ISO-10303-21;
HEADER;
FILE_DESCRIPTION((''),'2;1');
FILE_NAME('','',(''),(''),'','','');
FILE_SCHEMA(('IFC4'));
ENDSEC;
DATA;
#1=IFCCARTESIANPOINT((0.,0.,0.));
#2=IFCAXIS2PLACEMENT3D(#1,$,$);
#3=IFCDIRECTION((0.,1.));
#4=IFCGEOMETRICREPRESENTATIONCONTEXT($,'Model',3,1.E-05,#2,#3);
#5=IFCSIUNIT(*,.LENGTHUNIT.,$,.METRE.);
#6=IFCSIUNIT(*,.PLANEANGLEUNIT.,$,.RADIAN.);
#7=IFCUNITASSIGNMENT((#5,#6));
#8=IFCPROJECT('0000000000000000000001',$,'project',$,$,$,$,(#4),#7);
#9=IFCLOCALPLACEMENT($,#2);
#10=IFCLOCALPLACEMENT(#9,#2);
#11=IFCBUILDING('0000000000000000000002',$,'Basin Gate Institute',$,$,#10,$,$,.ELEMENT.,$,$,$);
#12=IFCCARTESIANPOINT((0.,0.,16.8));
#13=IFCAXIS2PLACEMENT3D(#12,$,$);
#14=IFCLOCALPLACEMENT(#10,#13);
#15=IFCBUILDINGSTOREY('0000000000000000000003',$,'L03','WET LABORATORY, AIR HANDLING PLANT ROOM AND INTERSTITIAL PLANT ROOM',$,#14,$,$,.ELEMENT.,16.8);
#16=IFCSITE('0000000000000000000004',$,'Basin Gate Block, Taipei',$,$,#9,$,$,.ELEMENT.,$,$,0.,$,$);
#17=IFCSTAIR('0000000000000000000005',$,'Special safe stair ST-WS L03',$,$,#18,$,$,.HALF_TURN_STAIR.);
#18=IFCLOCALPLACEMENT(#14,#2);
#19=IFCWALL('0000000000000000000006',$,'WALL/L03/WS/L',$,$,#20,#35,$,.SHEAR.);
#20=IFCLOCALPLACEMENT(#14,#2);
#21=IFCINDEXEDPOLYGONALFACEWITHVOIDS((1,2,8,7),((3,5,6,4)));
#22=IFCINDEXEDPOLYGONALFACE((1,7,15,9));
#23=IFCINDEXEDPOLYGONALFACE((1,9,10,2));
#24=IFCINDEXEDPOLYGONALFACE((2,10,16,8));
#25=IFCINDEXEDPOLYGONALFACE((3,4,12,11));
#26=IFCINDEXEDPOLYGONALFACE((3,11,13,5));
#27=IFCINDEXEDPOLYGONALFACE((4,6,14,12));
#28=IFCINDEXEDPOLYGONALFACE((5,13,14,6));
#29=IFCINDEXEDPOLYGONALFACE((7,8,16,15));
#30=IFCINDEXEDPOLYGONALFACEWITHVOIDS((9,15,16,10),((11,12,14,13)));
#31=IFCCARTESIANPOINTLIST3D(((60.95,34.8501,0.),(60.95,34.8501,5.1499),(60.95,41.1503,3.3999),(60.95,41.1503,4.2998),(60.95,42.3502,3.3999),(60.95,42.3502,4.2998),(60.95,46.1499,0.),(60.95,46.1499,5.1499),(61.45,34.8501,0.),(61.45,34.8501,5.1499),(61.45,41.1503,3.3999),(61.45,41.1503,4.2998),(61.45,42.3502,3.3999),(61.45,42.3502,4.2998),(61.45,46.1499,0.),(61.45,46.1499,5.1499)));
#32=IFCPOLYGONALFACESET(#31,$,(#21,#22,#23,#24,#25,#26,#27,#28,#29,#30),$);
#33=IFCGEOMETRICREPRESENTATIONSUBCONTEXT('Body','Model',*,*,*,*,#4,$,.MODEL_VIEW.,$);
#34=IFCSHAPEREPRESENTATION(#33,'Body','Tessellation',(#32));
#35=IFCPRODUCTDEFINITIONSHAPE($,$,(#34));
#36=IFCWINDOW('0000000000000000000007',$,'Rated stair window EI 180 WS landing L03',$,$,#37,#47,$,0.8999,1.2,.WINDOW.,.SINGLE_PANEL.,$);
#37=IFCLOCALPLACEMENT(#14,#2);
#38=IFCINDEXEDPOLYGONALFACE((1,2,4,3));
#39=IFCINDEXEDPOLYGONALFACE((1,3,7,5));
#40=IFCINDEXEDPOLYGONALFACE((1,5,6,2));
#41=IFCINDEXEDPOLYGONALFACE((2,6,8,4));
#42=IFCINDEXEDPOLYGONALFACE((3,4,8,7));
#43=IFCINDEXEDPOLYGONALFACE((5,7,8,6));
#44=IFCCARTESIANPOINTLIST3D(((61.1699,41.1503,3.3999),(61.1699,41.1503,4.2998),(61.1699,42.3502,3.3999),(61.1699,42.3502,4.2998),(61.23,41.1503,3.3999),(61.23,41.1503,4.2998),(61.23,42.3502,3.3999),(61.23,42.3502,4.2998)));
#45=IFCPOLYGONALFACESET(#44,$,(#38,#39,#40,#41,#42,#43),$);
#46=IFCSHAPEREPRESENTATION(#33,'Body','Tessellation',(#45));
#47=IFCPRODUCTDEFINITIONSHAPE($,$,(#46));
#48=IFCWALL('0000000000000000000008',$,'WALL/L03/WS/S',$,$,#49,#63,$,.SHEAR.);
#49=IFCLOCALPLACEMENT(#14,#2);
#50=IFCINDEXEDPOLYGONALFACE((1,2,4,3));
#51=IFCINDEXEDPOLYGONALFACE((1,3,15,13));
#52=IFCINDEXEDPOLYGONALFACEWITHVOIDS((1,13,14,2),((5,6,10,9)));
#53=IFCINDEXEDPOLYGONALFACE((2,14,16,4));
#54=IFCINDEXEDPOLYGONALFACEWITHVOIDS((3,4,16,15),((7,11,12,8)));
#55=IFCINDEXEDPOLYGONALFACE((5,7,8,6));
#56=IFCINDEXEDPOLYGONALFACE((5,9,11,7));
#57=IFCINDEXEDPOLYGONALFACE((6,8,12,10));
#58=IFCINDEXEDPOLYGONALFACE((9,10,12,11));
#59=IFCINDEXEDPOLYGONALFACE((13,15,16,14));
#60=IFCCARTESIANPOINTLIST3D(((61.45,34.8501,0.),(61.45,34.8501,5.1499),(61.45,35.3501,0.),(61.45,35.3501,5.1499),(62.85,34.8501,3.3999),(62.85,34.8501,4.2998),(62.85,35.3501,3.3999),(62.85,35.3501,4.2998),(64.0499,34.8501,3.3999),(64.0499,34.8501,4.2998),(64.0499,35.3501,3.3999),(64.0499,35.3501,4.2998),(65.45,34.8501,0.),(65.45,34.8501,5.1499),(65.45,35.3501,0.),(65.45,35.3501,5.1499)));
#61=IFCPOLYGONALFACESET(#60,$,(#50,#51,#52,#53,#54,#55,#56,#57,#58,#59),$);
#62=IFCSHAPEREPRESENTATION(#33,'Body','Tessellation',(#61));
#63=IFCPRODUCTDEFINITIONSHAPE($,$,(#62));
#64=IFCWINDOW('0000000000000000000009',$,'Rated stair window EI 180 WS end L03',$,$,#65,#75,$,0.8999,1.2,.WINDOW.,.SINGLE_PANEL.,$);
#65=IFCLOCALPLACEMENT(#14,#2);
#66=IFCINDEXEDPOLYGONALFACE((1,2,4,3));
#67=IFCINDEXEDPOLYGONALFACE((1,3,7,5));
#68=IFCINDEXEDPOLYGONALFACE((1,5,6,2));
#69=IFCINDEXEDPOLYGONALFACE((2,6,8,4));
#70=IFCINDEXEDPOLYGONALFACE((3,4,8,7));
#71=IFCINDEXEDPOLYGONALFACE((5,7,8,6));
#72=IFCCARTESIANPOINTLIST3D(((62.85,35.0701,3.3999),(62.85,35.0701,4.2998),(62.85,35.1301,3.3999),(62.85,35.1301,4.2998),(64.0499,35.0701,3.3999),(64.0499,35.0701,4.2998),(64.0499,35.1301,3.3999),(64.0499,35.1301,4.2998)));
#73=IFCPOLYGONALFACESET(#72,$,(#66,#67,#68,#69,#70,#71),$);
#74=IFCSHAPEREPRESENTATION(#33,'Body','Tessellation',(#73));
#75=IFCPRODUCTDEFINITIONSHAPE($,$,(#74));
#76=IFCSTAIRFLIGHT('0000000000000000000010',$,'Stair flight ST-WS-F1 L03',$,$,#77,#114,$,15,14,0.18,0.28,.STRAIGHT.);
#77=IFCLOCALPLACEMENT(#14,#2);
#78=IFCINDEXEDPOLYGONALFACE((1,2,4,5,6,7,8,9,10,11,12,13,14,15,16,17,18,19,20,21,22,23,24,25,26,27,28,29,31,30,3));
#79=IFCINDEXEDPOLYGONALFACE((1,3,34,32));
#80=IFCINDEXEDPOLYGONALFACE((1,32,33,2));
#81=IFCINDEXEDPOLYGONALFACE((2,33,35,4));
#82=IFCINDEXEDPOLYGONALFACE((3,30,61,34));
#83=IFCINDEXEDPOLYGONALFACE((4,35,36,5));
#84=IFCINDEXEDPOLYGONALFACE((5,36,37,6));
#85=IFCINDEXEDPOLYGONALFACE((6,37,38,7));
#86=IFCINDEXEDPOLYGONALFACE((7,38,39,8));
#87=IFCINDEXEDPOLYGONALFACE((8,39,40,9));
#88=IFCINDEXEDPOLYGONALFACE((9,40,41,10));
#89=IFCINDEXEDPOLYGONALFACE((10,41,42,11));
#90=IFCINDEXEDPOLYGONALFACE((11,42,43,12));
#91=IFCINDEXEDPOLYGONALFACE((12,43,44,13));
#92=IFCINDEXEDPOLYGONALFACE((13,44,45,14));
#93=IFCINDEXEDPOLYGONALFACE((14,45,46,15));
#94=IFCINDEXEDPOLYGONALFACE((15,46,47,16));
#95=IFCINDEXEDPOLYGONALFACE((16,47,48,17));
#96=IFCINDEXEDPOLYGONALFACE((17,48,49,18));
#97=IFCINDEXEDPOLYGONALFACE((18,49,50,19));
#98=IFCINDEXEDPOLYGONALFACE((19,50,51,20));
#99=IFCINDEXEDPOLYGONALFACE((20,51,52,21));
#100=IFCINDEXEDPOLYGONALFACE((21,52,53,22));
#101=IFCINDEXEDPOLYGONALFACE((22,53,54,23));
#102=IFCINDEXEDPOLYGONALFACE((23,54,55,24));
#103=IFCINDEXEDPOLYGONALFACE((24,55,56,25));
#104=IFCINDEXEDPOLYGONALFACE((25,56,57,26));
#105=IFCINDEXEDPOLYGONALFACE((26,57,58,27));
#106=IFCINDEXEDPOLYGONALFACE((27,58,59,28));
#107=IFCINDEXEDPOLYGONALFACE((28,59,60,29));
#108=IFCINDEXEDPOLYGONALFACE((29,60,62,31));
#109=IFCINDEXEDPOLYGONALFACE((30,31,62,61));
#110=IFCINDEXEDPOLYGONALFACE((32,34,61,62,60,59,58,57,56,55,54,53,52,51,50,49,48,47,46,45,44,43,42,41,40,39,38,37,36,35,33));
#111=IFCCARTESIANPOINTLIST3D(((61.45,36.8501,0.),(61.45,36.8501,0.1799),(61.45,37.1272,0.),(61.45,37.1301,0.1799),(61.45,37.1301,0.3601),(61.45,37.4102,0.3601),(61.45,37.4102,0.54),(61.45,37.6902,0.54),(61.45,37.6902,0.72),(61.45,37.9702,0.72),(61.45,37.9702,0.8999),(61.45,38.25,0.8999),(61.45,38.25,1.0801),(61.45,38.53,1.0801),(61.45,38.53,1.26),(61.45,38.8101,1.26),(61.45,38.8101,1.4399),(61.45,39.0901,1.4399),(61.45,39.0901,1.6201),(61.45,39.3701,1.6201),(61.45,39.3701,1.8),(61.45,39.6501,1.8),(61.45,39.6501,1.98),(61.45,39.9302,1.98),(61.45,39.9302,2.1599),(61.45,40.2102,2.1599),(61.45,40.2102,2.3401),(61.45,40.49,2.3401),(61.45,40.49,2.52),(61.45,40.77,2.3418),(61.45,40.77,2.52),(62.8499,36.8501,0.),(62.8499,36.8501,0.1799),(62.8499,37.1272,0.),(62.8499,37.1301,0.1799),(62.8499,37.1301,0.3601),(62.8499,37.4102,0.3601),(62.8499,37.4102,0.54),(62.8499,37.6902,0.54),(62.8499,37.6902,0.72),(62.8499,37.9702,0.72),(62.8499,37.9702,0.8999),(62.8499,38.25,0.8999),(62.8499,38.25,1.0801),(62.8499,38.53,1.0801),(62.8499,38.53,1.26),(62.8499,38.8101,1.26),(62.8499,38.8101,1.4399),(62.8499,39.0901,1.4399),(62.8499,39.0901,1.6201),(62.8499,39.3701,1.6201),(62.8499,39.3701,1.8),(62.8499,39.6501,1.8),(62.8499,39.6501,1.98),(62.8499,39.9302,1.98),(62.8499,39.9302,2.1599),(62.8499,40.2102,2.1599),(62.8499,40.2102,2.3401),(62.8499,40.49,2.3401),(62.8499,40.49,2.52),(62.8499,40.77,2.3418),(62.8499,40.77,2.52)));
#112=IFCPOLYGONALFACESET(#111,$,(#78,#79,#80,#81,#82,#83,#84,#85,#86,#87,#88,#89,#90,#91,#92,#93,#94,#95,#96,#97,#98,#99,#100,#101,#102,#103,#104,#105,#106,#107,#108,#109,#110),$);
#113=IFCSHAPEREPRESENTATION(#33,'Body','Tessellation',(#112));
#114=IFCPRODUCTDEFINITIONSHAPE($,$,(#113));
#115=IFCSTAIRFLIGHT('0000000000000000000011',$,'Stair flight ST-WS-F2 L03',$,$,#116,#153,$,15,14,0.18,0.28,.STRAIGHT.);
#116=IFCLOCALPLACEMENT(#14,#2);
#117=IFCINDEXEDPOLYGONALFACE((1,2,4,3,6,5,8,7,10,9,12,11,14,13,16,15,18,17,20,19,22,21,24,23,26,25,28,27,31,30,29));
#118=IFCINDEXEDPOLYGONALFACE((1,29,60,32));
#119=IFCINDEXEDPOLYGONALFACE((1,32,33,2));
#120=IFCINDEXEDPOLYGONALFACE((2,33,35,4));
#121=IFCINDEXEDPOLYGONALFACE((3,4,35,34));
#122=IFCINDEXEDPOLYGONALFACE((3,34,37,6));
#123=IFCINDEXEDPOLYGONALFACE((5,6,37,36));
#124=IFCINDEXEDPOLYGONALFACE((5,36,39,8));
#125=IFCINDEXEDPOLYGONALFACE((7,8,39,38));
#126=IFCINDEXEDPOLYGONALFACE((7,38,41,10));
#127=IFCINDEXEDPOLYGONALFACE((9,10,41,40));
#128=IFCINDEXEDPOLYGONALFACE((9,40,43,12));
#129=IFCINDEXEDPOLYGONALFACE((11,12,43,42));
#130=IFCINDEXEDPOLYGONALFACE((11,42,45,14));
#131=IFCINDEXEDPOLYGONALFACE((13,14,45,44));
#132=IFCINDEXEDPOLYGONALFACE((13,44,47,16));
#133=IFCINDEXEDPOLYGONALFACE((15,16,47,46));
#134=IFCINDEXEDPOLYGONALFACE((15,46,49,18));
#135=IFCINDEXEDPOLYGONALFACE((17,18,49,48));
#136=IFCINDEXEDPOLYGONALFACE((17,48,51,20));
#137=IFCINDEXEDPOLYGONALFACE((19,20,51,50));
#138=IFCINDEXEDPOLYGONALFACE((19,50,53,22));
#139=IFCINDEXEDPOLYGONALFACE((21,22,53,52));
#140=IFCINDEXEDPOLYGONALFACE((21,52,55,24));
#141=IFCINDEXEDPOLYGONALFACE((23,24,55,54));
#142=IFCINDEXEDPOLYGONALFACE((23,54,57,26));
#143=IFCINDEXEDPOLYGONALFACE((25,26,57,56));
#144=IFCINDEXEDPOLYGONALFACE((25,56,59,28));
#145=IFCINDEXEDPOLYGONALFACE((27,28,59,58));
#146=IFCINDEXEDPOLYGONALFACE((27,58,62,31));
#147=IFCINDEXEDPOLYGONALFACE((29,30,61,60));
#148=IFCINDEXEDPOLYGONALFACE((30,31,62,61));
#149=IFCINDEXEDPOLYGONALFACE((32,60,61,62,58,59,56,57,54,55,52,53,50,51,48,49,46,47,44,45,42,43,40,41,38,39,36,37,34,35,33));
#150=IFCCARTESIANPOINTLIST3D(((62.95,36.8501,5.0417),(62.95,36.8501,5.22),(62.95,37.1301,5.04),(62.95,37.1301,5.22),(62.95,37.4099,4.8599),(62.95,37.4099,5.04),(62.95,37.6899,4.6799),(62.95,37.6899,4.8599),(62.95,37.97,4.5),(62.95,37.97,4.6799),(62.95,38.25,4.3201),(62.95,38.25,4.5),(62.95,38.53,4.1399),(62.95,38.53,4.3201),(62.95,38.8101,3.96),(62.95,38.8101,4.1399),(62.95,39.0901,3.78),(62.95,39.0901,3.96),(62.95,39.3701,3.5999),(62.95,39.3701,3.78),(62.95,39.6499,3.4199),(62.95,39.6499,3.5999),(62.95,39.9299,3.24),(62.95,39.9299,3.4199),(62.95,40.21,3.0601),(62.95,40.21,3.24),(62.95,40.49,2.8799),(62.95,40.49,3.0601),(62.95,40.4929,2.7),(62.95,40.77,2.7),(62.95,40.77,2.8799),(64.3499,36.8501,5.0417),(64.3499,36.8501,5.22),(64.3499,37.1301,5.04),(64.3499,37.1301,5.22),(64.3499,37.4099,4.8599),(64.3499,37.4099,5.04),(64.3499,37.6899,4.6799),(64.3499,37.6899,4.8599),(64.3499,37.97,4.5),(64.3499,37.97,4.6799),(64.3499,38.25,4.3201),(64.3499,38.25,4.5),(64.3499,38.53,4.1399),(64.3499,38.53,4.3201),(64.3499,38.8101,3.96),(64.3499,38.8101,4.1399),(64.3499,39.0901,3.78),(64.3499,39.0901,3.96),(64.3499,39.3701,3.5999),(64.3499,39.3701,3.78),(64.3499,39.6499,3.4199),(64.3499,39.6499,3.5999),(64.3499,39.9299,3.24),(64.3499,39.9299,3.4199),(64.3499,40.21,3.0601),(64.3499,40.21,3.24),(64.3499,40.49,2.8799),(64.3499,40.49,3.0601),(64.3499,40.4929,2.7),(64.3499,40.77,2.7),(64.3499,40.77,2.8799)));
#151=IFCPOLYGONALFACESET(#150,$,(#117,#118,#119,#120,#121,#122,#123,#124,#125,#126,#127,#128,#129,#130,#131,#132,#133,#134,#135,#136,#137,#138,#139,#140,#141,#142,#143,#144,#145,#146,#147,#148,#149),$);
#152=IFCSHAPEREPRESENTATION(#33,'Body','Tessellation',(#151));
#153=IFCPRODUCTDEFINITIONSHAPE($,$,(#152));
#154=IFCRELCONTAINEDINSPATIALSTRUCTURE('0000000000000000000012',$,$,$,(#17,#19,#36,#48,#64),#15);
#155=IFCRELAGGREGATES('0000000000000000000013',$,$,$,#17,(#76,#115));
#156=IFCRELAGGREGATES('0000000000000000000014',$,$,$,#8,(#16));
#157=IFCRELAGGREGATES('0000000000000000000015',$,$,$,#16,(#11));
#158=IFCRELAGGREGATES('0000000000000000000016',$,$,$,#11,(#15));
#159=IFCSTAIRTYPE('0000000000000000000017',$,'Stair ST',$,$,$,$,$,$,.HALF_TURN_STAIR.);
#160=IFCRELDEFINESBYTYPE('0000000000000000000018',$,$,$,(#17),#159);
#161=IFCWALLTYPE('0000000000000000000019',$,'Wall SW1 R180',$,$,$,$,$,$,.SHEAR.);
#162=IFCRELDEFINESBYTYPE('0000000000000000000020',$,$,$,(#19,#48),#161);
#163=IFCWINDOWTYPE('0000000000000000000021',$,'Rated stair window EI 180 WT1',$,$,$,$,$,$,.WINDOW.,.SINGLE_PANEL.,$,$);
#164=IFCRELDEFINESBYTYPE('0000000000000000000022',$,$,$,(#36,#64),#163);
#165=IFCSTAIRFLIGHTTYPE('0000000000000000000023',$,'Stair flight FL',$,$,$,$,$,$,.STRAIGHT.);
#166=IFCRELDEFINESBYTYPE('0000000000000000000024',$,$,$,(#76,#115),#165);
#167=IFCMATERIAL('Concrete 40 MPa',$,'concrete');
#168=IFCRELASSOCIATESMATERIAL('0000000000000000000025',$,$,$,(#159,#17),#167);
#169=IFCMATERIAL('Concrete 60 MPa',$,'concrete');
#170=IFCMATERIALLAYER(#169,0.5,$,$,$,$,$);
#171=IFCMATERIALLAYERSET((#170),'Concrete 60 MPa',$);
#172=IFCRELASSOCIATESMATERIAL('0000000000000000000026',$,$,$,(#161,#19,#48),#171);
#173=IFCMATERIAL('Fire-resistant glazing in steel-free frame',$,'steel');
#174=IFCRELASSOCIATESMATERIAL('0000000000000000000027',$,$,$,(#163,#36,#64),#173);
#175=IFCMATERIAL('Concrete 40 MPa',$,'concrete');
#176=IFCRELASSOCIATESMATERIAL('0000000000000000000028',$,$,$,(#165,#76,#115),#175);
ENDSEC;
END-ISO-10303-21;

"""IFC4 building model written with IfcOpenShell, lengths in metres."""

from ifc_helpers import new_model, si_unit, direction, frame, frame_2d, origin, place, context, subcontext, project, spatial, polyline, rectangle, outline, extrude, material, layer, layer_set, type_object, element, fill, aggregate, save


model = new_model("IFC4")

# Units and contexts
model_context = context("Model", 3, precision=1e-05, world=origin(), true_north=direction((0.0, 1.0)))
body_context = subcontext(model_context, "Body", "Model", "MODEL_VIEW")
ifc_project = project(units=[si_unit("LENGTHUNIT", "METRE"), si_unit("PLANEANGLEUNIT", "RADIAN")], contexts=[model_context])

# Site, building, storey
site_placement = place(None, origin())
site = spatial("IfcSite", under=ifc_project, at=site_placement, Name="Basin Gate Block, Taipei", CompositionType="ELEMENT", RefElevation=0.0)
building_placement = place(site_placement, origin())
building = spatial("IfcBuilding", under=site, at=building_placement, Name="Basin Gate Institute", CompositionType="ELEMENT")
storey_placement = place(building_placement, frame((0.0, 0.0, 16.8)))
storey = spatial("IfcBuildingStorey", under=building, at=storey_placement, Name="L03", Description="WET LABORATORY, AIR HANDLING PLANT ROOM AND INTERSTITIAL PLANT ROOM", CompositionType="ELEMENT", Elevation=16.8)

# Stair
ifc_material_1 = material(Name="Concrete 40 MPa", Category="concrete")
stair_type_1 = type_object("IfcStairType", Name="Stair ST", PredefinedType="HALF_TURN_STAIR", material=ifc_material_1)
stair_1_placement = place(storey_placement, origin())
stair_1 = element("IfcStair", 1, at=stair_1_placement, inside=storey, type_object=stair_type_1, material=ifc_material_1, Name="Special safe stair ST-WS L03", PredefinedType="HALF_TURN_STAIR")

# Walls, openings, windows
ifc_material_2 = material(Name="Concrete 60 MPa", Category="concrete")
ifc_layer_1 = layer(ifc_material_2, 0.5)
ifc_layer_set_1 = layer_set([ifc_layer_1], Name="Concrete 60 MPa")
wall_type_1 = type_object("IfcWallType", Name="Wall SW1 R180", PredefinedType="SHEAR", material=ifc_layer_set_1)
wall_1_placement = place(storey_placement, frame((61.2, 34.8501, 0.0), z_axis=(0.0, 0.0, 1.0), x_axis=(0.0, 1.0, 0.0)))
wall_1 = element("IfcWall", 2, at=wall_1_placement, inside=storey, type_object=wall_type_1, material=ifc_layer_set_1, Name="WALL/L03/WS/L", PredefinedType="SHEAR", context=body_context, shape_type="SweptSolid", body=[
    extrude(rectangle(XDim=11.2998, YDim=0.5, at=frame_2d((5.6499, 0.0))), origin(), (0.0, 0.0, 1.0), 5.1499),
])
opening_1_placement = place(wall_1_placement, frame((6.3, 0.0, 3.3999)))
opening_1 = element("IfcOpeningElement", 3, at=opening_1_placement, cuts=wall_1, PredefinedType="OPENING", context=body_context, shape_type="SweptSolid", body=[
    extrude(rectangle(XDim=1.2, YDim=0.8999, at=frame_2d((0.6001, 0.45))), frame((0.0, 0.26, 0.0), z_axis=(0.0, -1.0, 0.0), x_axis=(1.0, 0.0, 0.0)), (0.0, 0.0, 1.0), 0.52),
])
ifc_material_3 = material(Name="Fire-resistant glazing in steel-free frame", Category="steel")
window_type_1 = type_object("IfcWindowType", Name="Rated stair window EI 180 WT1", PartitioningType="SINGLE_PANEL", PredefinedType="WINDOW", material=ifc_material_3)
window_1_placement = place(opening_1_placement, origin())
window_1 = element("IfcWindow", 4, at=window_1_placement, inside=storey, type_object=window_type_1, material=ifc_material_3, Name="Rated stair window EI 180 WS landing L03", OverallHeight=0.8999, OverallWidth=1.2, PartitioningType="SINGLE_PANEL", PredefinedType="WINDOW", context=body_context, shape_type="SweptSolid", body=[
    extrude(rectangle(XDim=1.2, YDim=0.8999, at=frame_2d((0.6001, 0.45))), frame((0.0, 0.03, 0.0), z_axis=(0.0, -1.0, 0.0), x_axis=(1.0, 0.0, 0.0)), (0.0, 0.0, 1.0), 0.0601),
])
fill(opening_1, window_1)
wall_2_placement = place(storey_placement, frame((61.45, 35.1001, 0.0), z_axis=(0.0, 0.0, 1.0), x_axis=(1.0, 0.0, 0.0)))
wall_2 = element("IfcWall", 5, at=wall_2_placement, inside=storey, type_object=wall_type_1, material=ifc_layer_set_1, Name="WALL/L03/WS/S", PredefinedType="SHEAR", context=body_context, shape_type="SweptSolid", body=[
    extrude(rectangle(XDim=4.0, YDim=0.5, at=frame_2d((2.0, 0.0))), origin(), (0.0, 0.0, 1.0), 5.1499),
])
opening_2_placement = place(wall_2_placement, frame((1.3999, 0.0, 3.3999)))
opening_2 = element("IfcOpeningElement", 6, at=opening_2_placement, cuts=wall_2, PredefinedType="OPENING", context=body_context, shape_type="SweptSolid", body=[
    extrude(rectangle(XDim=1.2, YDim=0.8999, at=frame_2d((0.6001, 0.45))), frame((0.0, 0.26, 0.0), z_axis=(0.0, -1.0, 0.0), x_axis=(1.0, 0.0, 0.0)), (0.0, 0.0, 1.0), 0.52),
])
window_2_placement = place(opening_2_placement, origin())
window_2 = element("IfcWindow", 7, at=window_2_placement, inside=storey, type_object=window_type_1, material=ifc_material_3, Name="Rated stair window EI 180 WS end L03", OverallHeight=0.8999, OverallWidth=1.2, PartitioningType="SINGLE_PANEL", PredefinedType="WINDOW", context=body_context, shape_type="SweptSolid", body=[
    extrude(rectangle(XDim=1.2, YDim=0.8999, at=frame_2d((0.6001, 0.45))), frame((0.0, 0.03, 0.0), z_axis=(0.0, -1.0, 0.0), x_axis=(1.0, 0.0, 0.0)), (0.0, 0.0, 1.0), 0.0601),
])
fill(opening_2, window_2)

# Stair flights
ifc_material_4 = material(Name="Concrete 40 MPa", Category="concrete")
stair_flight_type = type_object("IfcStairFlightType", Name="Stair flight FL", PredefinedType="STRAIGHT", material=ifc_material_4)
stair_flight_1_placement = place(storey_placement, frame((62.1499, 36.8501, 0.0), z_axis=(0.0, 0.0, 1.0), x_axis=(0.0, 1.0, 0.0)))
stair_flight_1 = element("IfcStairFlight", 8, at=stair_flight_1_placement, type_object=stair_flight_type, material=ifc_material_4, Name="Stair flight ST-WS-F1 L03", NumberOfRisers=15, NumberOfTreads=14, PredefinedType="STRAIGHT", RiserHeight=0.18, TreadLength=0.28, context=body_context, shape_type="SweptSolid", body=[
    extrude(outline(polyline([(0.0, 0.0), (0.0, 0.1799), (0.28, 0.1799), (0.28, 0.3601), (0.5601, 0.3601), (0.5601, 0.54), (0.8401, 0.54), (0.8401, 0.72), (1.1201, 0.72), (1.1201, 0.8999), (1.3999, 0.8999), (1.3999, 1.0801), (1.6799, 1.0801), (1.6799, 1.26), (1.96, 1.26), (1.96, 1.4399), (2.24, 1.4399), (2.24, 1.6201), (2.52, 1.6201), (2.52, 1.8), (2.8, 1.8), (2.8, 1.98), (3.0801, 1.98), (3.0801, 2.1599), (3.3601, 2.1599), (3.3601, 2.3401), (3.6399, 2.3401), (3.6399, 2.52), (3.9199, 2.52), (3.9199, 2.7), (3.9199, 2.3418), (0.2771, 0.0), (0.0, 0.0)])), frame((0.0, 0.7, 0.0), z_axis=(0.0, -1.0, 0.0), x_axis=(1.0, 0.0, 0.0)), (0.0, 0.0, 1.0), 1.3999),
])
stair_flight_2_placement = place(storey_placement, frame((63.6499, 40.77, 2.7), z_axis=(0.0, 0.0, 1.0), x_axis=(0.0, -1.0, 0.0)))
stair_flight_2 = element("IfcStairFlight", 9, at=stair_flight_2_placement, type_object=stair_flight_type, material=ifc_material_4, Name="Stair flight ST-WS-F2 L03", NumberOfRisers=15, NumberOfTreads=14, PredefinedType="STRAIGHT", RiserHeight=0.18, TreadLength=0.28, context=body_context, shape_type="SweptSolid", body=[
    extrude(outline(polyline([(0.0, 0.0), (0.0, 0.1799), (0.28, 0.1799), (0.28, 0.3601), (0.5601, 0.3601), (0.5601, 0.54), (0.8401, 0.54), (0.8401, 0.72), (1.1201, 0.72), (1.1201, 0.8999), (1.3999, 0.8999), (1.3999, 1.0801), (1.6799, 1.0801), (1.6799, 1.26), (1.96, 1.26), (1.96, 1.4399), (2.24, 1.4399), (2.24, 1.6201), (2.52, 1.6201), (2.52, 1.8), (2.8, 1.8), (2.8, 1.98), (3.0801, 1.98), (3.0801, 2.1599), (3.3601, 2.1599), (3.3601, 2.3401), (3.6399, 2.3401), (3.6399, 2.52), (3.9199, 2.52), (3.9199, 2.7), (3.9199, 2.3418), (0.2771, 0.0), (0.0, 0.0)])), frame((0.0, 0.7, 0.0), z_axis=(0.0, -1.0, 0.0), x_axis=(1.0, 0.0, 0.0)), (0.0, 0.0, 1.0), 1.3999),
])
aggregate(stair_1, [stair_flight_1, stair_flight_2])

save(model, "model.ifc")
